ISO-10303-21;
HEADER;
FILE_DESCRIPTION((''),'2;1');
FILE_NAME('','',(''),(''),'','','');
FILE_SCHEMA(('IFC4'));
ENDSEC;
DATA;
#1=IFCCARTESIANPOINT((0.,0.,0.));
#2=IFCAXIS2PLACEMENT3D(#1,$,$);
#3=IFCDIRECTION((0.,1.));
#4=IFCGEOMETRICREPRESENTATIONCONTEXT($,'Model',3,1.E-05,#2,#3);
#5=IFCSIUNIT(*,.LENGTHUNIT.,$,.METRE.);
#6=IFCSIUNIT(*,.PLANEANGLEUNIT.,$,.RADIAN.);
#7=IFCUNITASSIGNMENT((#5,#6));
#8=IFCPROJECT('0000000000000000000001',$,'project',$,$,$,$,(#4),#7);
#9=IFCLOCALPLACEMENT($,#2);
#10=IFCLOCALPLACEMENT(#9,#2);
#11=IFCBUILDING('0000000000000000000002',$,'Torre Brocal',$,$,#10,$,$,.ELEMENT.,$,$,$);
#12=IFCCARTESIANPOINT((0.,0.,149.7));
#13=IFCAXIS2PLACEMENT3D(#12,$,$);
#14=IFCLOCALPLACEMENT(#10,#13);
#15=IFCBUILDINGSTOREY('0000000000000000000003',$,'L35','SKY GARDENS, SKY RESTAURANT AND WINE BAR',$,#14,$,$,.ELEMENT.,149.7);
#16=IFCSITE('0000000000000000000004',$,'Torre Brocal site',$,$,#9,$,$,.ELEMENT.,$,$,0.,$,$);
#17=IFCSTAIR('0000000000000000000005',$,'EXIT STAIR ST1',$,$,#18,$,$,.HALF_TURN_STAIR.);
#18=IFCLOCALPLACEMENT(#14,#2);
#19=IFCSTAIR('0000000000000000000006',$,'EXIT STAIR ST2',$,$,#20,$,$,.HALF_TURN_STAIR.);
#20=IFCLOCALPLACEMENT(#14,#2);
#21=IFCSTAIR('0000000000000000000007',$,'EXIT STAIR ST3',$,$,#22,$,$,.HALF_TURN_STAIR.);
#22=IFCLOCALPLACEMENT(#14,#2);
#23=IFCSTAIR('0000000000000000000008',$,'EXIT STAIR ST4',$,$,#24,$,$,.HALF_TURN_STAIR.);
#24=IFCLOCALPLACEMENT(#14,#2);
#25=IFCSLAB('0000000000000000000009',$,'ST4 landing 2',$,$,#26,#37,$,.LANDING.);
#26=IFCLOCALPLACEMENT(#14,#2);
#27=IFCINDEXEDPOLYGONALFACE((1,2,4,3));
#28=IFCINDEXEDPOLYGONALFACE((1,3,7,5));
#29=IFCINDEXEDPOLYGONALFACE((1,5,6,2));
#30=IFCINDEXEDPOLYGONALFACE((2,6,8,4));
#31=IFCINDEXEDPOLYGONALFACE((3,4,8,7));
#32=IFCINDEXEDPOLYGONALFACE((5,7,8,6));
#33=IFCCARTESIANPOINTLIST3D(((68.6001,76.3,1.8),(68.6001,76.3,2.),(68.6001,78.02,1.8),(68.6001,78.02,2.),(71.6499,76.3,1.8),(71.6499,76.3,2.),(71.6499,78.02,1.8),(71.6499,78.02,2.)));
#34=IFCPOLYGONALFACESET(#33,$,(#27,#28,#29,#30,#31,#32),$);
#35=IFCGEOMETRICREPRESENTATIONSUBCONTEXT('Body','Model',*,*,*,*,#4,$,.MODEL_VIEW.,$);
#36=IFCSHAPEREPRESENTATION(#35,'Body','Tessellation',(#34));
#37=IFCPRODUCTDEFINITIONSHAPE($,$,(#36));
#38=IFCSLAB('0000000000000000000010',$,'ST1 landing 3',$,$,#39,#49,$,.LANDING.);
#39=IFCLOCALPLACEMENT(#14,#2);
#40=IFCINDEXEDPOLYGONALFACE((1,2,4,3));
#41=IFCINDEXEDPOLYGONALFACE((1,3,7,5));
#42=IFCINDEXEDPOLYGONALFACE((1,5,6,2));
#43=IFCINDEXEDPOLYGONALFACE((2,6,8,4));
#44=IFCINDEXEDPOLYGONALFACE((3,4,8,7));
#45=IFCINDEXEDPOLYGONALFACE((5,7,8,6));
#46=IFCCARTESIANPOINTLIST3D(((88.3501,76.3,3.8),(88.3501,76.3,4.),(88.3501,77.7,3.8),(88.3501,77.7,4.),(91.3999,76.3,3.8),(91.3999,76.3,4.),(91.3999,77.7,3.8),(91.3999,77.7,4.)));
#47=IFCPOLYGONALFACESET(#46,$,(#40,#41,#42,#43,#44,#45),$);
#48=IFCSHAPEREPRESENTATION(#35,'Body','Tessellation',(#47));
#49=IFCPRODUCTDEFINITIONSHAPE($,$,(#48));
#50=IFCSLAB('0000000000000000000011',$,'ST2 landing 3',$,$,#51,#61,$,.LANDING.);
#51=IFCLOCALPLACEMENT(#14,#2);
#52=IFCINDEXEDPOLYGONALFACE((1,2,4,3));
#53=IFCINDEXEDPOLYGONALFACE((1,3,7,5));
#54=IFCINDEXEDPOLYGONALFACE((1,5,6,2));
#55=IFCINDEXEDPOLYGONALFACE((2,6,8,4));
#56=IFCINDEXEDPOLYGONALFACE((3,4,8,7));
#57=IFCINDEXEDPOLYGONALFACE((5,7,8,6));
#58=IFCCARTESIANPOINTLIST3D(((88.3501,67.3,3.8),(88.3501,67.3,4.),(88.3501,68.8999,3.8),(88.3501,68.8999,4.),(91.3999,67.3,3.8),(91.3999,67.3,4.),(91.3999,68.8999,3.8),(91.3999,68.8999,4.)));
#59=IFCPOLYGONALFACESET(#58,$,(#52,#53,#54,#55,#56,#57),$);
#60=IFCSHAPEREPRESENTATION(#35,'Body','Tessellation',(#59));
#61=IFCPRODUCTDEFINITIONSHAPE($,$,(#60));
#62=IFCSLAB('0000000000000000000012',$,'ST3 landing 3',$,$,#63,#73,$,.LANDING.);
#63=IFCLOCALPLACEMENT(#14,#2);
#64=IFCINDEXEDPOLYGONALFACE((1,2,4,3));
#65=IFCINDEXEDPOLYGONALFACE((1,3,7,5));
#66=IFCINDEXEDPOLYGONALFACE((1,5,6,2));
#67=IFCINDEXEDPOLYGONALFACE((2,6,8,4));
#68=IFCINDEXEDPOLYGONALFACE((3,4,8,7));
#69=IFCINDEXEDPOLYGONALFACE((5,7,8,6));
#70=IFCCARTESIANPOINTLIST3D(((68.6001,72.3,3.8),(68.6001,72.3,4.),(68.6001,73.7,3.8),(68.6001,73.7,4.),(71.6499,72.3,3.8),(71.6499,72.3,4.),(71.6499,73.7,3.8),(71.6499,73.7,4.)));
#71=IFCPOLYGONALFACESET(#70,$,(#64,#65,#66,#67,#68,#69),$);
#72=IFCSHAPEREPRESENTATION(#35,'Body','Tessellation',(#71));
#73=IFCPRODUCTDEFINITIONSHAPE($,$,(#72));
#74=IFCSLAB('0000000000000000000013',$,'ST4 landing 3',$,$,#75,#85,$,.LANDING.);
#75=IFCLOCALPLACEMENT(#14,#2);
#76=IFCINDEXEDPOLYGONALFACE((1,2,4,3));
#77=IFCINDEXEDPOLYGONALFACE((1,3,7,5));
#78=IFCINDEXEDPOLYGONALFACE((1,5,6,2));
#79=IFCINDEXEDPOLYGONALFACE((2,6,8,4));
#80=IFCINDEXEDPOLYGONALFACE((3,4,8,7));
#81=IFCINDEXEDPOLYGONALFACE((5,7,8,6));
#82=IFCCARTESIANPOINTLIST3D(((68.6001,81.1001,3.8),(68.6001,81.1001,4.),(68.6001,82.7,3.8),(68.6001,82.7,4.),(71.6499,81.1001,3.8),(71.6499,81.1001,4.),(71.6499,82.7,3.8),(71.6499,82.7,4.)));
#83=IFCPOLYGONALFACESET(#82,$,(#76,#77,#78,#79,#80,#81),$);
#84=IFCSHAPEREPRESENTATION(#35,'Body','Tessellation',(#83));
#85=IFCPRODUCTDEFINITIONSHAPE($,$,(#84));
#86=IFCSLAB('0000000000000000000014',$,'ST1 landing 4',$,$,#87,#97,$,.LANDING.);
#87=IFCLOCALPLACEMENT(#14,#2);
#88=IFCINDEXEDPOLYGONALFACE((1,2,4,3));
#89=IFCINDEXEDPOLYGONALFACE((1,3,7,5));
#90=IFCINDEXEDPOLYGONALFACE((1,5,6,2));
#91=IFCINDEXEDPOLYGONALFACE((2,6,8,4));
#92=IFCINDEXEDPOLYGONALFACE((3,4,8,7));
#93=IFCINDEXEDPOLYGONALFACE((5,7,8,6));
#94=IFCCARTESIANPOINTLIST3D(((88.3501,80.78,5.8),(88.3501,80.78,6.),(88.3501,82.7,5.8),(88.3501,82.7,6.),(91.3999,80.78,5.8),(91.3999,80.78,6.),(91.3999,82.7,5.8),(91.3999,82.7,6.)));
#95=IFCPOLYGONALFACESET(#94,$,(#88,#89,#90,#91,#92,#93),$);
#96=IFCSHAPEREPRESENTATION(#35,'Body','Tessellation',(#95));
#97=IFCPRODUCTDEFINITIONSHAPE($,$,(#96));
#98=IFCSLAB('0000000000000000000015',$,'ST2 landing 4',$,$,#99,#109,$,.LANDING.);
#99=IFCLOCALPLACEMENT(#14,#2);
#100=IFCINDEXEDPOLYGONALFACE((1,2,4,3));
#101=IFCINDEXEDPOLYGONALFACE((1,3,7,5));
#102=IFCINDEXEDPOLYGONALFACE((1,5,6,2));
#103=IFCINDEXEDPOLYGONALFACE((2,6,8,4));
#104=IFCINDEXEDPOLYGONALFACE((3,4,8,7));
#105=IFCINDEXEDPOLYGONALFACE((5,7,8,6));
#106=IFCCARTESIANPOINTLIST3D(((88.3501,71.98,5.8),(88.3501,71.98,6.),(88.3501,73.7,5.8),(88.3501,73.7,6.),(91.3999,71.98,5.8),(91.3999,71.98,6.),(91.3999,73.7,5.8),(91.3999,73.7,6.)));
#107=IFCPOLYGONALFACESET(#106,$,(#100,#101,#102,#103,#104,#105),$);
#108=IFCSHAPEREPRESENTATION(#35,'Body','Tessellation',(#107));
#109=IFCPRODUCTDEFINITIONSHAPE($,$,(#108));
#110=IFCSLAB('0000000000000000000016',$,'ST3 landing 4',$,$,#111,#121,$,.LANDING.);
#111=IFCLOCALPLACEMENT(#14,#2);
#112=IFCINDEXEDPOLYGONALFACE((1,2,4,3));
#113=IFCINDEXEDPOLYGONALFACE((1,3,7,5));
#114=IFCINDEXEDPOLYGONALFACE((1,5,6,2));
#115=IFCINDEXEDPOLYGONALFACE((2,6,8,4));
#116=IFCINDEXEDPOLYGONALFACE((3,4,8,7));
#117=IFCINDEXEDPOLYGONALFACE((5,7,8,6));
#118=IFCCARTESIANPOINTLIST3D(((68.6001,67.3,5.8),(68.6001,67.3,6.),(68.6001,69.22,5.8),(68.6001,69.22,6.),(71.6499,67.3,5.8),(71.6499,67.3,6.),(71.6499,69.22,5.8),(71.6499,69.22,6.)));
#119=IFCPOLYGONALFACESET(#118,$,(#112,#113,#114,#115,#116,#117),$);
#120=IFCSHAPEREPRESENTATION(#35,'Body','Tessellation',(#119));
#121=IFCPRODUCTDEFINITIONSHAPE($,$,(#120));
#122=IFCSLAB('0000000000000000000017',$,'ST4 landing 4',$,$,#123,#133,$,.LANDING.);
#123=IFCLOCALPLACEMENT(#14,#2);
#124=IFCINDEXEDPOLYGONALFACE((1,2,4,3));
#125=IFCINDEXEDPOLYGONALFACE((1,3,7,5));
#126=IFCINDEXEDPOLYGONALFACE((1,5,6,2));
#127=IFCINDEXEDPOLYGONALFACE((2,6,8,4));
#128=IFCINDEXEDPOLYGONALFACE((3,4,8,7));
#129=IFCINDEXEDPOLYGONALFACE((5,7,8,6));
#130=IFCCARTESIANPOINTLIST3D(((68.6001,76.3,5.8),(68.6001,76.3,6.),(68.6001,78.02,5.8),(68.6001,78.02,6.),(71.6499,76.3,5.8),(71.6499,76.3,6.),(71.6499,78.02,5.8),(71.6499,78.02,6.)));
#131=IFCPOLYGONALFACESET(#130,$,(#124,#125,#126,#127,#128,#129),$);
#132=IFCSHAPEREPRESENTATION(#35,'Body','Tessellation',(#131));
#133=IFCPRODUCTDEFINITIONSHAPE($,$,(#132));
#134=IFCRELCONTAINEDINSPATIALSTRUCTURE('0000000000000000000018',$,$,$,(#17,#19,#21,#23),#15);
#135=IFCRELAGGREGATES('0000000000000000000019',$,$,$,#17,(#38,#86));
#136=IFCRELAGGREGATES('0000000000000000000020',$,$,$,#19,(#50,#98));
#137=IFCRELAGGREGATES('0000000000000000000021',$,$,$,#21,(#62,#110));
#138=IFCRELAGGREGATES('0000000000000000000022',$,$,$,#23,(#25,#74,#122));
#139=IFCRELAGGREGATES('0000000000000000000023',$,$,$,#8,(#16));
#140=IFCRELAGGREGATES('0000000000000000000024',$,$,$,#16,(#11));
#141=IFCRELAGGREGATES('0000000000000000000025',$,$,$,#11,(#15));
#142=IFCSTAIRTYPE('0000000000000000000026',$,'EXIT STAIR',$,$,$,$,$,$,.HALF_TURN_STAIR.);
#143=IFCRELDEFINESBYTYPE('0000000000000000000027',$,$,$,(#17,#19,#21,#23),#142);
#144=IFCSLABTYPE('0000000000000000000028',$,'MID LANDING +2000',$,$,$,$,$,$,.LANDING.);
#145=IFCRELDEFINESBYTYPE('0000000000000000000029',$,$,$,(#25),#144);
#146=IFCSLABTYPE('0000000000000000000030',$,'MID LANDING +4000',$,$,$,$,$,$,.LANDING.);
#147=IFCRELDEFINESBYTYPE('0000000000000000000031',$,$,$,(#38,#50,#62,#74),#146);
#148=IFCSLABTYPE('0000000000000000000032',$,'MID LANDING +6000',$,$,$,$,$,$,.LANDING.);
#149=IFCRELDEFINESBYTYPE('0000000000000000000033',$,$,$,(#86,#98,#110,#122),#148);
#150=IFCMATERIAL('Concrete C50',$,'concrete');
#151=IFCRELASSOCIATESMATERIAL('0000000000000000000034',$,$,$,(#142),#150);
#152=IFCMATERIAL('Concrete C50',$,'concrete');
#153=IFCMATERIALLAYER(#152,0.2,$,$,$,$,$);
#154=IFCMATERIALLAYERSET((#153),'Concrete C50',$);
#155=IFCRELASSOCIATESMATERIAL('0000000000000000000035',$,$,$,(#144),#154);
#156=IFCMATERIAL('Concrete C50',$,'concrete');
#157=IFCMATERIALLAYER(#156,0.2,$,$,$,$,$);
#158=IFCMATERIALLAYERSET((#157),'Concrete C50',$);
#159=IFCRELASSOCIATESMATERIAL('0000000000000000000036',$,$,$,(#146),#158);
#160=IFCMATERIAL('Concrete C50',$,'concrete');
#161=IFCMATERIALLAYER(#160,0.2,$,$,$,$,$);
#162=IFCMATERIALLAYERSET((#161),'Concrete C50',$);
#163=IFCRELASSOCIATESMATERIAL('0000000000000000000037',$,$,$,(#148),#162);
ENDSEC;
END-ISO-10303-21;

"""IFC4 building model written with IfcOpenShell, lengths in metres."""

from ifc_helpers import new_model, si_unit, direction, frame, origin, place, context, subcontext, project, spatial, polyline, outline, extrude, material, layer, layer_set, type_object, element, aggregate, save


model = new_model("IFC4")

# Units and contexts
model_context = context("Model", 3, precision=1e-05, world=origin(), true_north=direction((0.0, 1.0)))
body_context = subcontext(model_context, "Body", "Model", "MODEL_VIEW")
ifc_project = project(units=[si_unit("LENGTHUNIT", "METRE"), si_unit("PLANEANGLEUNIT", "RADIAN")], contexts=[model_context])

# Site, building, storey
site_placement = place(None, origin())
site = spatial("IfcSite", under=ifc_project, at=site_placement, Name="Torre Brocal site", CompositionType="ELEMENT", RefElevation=0.0)
building_placement = place(site_placement, origin())
building = spatial("IfcBuilding", under=site, at=building_placement, Name="Torre Brocal", CompositionType="ELEMENT")
storey_placement = place(building_placement, frame((0.0, 0.0, 149.7)))
storey = spatial("IfcBuildingStorey", under=building, at=storey_placement, Name="L35", Description="SKY GARDENS, SKY RESTAURANT AND WINE BAR", CompositionType="ELEMENT", Elevation=149.7)

# Stairs
ifc_material_1 = material(Name="Concrete C50", Category="concrete")
stair_type = type_object("IfcStairType", Name="EXIT STAIR", PredefinedType="HALF_TURN_STAIR", material=ifc_material_1)
stair_1_placement = place(storey_placement, origin())
stair_1 = element("IfcStair", 1, at=stair_1_placement, inside=storey, type_object=stair_type, Name="EXIT STAIR ST1", PredefinedType="HALF_TURN_STAIR")
stair_2_placement = place(storey_placement, origin())
stair_2 = element("IfcStair", 2, at=stair_2_placement, inside=storey, type_object=stair_type, Name="EXIT STAIR ST2", PredefinedType="HALF_TURN_STAIR")
stair_3_placement = place(storey_placement, origin())
stair_3 = element("IfcStair", 3, at=stair_3_placement, inside=storey, type_object=stair_type, Name="EXIT STAIR ST3", PredefinedType="HALF_TURN_STAIR")
stair_4_placement = place(storey_placement, origin())
stair_4 = element("IfcStair", 4, at=stair_4_placement, inside=storey, type_object=stair_type, Name="EXIT STAIR ST4", PredefinedType="HALF_TURN_STAIR")

# Slabs
ifc_material_2 = material(Name="Concrete C50", Category="concrete")
ifc_layer_1 = layer(ifc_material_2, 0.2)
ifc_layer_set_1 = layer_set([ifc_layer_1], Name="Concrete C50")
slab_type_1 = type_object("IfcSlabType", Name="MID LANDING +2000", PredefinedType="LANDING", material=ifc_layer_set_1)
slab_1_placement = place(storey_placement, frame((0.0, 0.0, 1.8)))
slab_1 = element("IfcSlab", 5, at=slab_1_placement, type_object=slab_type_1, Name="ST4 landing 2", PredefinedType="LANDING", context=body_context, shape_type="SweptSolid", body=[
    extrude(outline(polyline([(71.6499, 78.02), (68.6001, 78.02), (68.6001, 76.3), (71.6499, 76.3), (71.6499, 78.02)])), origin(), (0.0, 0.0, 1.0), 0.2),
])
ifc_material_3 = material(Name="Concrete C50", Category="concrete")
ifc_layer_2 = layer(ifc_material_3, 0.2)
ifc_layer_set_2 = layer_set([ifc_layer_2], Name="Concrete C50")
slab_type_2 = type_object("IfcSlabType", Name="MID LANDING +4000", PredefinedType="LANDING", material=ifc_layer_set_2)
slab_2_placement = place(storey_placement, frame((0.0, 0.0, 3.8)))
slab_2 = element("IfcSlab", 6, at=slab_2_placement, type_object=slab_type_2, Name="ST1 landing 3", PredefinedType="LANDING", context=body_context, shape_type="SweptSolid", body=[
    extrude(outline(polyline([(88.3501, 76.3), (91.3999, 76.3), (91.3999, 77.7), (88.3501, 77.7), (88.3501, 76.3)])), origin(), (0.0, 0.0, 1.0), 0.2),
])
slab_3_placement = place(storey_placement, frame((0.0, 0.0, 3.8)))
slab_3 = element("IfcSlab", 7, at=slab_3_placement, type_object=slab_type_2, Name="ST2 landing 3", PredefinedType="LANDING", context=body_context, shape_type="SweptSolid", body=[
    extrude(outline(polyline([(88.3501, 67.3), (91.3999, 67.3), (91.3999, 68.8999), (88.3501, 68.8999), (88.3501, 67.3)])), origin(), (0.0, 0.0, 1.0), 0.2),
])
slab_4_placement = place(storey_placement, frame((0.0, 0.0, 3.8)))
slab_4 = element("IfcSlab", 8, at=slab_4_placement, type_object=slab_type_2, Name="ST3 landing 3", PredefinedType="LANDING", context=body_context, shape_type="SweptSolid", body=[
    extrude(outline(polyline([(71.6499, 73.7), (68.6001, 73.7), (68.6001, 72.3), (71.6499, 72.3), (71.6499, 73.7)])), origin(), (0.0, 0.0, 1.0), 0.2),
])
slab_5_placement = place(storey_placement, frame((0.0, 0.0, 3.8)))
slab_5 = element("IfcSlab", 9, at=slab_5_placement, type_object=slab_type_2, Name="ST4 landing 3", PredefinedType="LANDING", context=body_context, shape_type="SweptSolid", body=[
    extrude(outline(polyline([(71.6499, 82.7), (68.6001, 82.7), (68.6001, 81.1001), (71.6499, 81.1001), (71.6499, 82.7)])), origin(), (0.0, 0.0, 1.0), 0.2),
])
ifc_material_4 = material(Name="Concrete C50", Category="concrete")
ifc_layer_3 = layer(ifc_material_4, 0.2)
ifc_layer_set_3 = layer_set([ifc_layer_3], Name="Concrete C50")
slab_type_3 = type_object("IfcSlabType", Name="MID LANDING +6000", PredefinedType="LANDING", material=ifc_layer_set_3)
slab_6_placement = place(storey_placement, frame((0.0, 0.0, 5.8)))
slab_6 = element("IfcSlab", 10, at=slab_6_placement, type_object=slab_type_3, Name="ST1 landing 4", PredefinedType="LANDING", context=body_context, shape_type="SweptSolid", body=[
    extrude(outline(polyline([(88.3501, 80.78), (91.3999, 80.78), (91.3999, 82.7), (88.3501, 82.7), (88.3501, 80.78)])), origin(), (0.0, 0.0, 1.0), 0.2),
])
aggregate(stair_1, [slab_2, slab_6])
slab_7_placement = place(storey_placement, frame((0.0, 0.0, 5.8)))
slab_7 = element("IfcSlab", 11, at=slab_7_placement, type_object=slab_type_3, Name="ST2 landing 4", PredefinedType="LANDING", context=body_context, shape_type="SweptSolid", body=[
    extrude(outline(polyline([(88.3501, 71.98), (91.3999, 71.98), (91.3999, 73.7), (88.3501, 73.7), (88.3501, 71.98)])), origin(), (0.0, 0.0, 1.0), 0.2),
])
aggregate(stair_2, [slab_3, slab_7])
slab_8_placement = place(storey_placement, frame((0.0, 0.0, 5.8)))
slab_8 = element("IfcSlab", 12, at=slab_8_placement, type_object=slab_type_3, Name="ST3 landing 4", PredefinedType="LANDING", context=body_context, shape_type="SweptSolid", body=[
    extrude(outline(polyline([(71.6499, 69.22), (68.6001, 69.22), (68.6001, 67.3), (71.6499, 67.3), (71.6499, 69.22)])), origin(), (0.0, 0.0, 1.0), 0.2),
])
aggregate(stair_3, [slab_4, slab_8])
slab_9_placement = place(storey_placement, frame((0.0, 0.0, 5.8)))
slab_9 = element("IfcSlab", 13, at=slab_9_placement, type_object=slab_type_3, Name="ST4 landing 4", PredefinedType="LANDING", context=body_context, shape_type="SweptSolid", body=[
    extrude(outline(polyline([(71.6499, 78.02), (68.6001, 78.02), (68.6001, 76.3), (71.6499, 76.3), (71.6499, 78.02)])), origin(), (0.0, 0.0, 1.0), 0.2),
])
aggregate(stair_4, [slab_1, slab_5, slab_9])

save(model, "model.ifc")
